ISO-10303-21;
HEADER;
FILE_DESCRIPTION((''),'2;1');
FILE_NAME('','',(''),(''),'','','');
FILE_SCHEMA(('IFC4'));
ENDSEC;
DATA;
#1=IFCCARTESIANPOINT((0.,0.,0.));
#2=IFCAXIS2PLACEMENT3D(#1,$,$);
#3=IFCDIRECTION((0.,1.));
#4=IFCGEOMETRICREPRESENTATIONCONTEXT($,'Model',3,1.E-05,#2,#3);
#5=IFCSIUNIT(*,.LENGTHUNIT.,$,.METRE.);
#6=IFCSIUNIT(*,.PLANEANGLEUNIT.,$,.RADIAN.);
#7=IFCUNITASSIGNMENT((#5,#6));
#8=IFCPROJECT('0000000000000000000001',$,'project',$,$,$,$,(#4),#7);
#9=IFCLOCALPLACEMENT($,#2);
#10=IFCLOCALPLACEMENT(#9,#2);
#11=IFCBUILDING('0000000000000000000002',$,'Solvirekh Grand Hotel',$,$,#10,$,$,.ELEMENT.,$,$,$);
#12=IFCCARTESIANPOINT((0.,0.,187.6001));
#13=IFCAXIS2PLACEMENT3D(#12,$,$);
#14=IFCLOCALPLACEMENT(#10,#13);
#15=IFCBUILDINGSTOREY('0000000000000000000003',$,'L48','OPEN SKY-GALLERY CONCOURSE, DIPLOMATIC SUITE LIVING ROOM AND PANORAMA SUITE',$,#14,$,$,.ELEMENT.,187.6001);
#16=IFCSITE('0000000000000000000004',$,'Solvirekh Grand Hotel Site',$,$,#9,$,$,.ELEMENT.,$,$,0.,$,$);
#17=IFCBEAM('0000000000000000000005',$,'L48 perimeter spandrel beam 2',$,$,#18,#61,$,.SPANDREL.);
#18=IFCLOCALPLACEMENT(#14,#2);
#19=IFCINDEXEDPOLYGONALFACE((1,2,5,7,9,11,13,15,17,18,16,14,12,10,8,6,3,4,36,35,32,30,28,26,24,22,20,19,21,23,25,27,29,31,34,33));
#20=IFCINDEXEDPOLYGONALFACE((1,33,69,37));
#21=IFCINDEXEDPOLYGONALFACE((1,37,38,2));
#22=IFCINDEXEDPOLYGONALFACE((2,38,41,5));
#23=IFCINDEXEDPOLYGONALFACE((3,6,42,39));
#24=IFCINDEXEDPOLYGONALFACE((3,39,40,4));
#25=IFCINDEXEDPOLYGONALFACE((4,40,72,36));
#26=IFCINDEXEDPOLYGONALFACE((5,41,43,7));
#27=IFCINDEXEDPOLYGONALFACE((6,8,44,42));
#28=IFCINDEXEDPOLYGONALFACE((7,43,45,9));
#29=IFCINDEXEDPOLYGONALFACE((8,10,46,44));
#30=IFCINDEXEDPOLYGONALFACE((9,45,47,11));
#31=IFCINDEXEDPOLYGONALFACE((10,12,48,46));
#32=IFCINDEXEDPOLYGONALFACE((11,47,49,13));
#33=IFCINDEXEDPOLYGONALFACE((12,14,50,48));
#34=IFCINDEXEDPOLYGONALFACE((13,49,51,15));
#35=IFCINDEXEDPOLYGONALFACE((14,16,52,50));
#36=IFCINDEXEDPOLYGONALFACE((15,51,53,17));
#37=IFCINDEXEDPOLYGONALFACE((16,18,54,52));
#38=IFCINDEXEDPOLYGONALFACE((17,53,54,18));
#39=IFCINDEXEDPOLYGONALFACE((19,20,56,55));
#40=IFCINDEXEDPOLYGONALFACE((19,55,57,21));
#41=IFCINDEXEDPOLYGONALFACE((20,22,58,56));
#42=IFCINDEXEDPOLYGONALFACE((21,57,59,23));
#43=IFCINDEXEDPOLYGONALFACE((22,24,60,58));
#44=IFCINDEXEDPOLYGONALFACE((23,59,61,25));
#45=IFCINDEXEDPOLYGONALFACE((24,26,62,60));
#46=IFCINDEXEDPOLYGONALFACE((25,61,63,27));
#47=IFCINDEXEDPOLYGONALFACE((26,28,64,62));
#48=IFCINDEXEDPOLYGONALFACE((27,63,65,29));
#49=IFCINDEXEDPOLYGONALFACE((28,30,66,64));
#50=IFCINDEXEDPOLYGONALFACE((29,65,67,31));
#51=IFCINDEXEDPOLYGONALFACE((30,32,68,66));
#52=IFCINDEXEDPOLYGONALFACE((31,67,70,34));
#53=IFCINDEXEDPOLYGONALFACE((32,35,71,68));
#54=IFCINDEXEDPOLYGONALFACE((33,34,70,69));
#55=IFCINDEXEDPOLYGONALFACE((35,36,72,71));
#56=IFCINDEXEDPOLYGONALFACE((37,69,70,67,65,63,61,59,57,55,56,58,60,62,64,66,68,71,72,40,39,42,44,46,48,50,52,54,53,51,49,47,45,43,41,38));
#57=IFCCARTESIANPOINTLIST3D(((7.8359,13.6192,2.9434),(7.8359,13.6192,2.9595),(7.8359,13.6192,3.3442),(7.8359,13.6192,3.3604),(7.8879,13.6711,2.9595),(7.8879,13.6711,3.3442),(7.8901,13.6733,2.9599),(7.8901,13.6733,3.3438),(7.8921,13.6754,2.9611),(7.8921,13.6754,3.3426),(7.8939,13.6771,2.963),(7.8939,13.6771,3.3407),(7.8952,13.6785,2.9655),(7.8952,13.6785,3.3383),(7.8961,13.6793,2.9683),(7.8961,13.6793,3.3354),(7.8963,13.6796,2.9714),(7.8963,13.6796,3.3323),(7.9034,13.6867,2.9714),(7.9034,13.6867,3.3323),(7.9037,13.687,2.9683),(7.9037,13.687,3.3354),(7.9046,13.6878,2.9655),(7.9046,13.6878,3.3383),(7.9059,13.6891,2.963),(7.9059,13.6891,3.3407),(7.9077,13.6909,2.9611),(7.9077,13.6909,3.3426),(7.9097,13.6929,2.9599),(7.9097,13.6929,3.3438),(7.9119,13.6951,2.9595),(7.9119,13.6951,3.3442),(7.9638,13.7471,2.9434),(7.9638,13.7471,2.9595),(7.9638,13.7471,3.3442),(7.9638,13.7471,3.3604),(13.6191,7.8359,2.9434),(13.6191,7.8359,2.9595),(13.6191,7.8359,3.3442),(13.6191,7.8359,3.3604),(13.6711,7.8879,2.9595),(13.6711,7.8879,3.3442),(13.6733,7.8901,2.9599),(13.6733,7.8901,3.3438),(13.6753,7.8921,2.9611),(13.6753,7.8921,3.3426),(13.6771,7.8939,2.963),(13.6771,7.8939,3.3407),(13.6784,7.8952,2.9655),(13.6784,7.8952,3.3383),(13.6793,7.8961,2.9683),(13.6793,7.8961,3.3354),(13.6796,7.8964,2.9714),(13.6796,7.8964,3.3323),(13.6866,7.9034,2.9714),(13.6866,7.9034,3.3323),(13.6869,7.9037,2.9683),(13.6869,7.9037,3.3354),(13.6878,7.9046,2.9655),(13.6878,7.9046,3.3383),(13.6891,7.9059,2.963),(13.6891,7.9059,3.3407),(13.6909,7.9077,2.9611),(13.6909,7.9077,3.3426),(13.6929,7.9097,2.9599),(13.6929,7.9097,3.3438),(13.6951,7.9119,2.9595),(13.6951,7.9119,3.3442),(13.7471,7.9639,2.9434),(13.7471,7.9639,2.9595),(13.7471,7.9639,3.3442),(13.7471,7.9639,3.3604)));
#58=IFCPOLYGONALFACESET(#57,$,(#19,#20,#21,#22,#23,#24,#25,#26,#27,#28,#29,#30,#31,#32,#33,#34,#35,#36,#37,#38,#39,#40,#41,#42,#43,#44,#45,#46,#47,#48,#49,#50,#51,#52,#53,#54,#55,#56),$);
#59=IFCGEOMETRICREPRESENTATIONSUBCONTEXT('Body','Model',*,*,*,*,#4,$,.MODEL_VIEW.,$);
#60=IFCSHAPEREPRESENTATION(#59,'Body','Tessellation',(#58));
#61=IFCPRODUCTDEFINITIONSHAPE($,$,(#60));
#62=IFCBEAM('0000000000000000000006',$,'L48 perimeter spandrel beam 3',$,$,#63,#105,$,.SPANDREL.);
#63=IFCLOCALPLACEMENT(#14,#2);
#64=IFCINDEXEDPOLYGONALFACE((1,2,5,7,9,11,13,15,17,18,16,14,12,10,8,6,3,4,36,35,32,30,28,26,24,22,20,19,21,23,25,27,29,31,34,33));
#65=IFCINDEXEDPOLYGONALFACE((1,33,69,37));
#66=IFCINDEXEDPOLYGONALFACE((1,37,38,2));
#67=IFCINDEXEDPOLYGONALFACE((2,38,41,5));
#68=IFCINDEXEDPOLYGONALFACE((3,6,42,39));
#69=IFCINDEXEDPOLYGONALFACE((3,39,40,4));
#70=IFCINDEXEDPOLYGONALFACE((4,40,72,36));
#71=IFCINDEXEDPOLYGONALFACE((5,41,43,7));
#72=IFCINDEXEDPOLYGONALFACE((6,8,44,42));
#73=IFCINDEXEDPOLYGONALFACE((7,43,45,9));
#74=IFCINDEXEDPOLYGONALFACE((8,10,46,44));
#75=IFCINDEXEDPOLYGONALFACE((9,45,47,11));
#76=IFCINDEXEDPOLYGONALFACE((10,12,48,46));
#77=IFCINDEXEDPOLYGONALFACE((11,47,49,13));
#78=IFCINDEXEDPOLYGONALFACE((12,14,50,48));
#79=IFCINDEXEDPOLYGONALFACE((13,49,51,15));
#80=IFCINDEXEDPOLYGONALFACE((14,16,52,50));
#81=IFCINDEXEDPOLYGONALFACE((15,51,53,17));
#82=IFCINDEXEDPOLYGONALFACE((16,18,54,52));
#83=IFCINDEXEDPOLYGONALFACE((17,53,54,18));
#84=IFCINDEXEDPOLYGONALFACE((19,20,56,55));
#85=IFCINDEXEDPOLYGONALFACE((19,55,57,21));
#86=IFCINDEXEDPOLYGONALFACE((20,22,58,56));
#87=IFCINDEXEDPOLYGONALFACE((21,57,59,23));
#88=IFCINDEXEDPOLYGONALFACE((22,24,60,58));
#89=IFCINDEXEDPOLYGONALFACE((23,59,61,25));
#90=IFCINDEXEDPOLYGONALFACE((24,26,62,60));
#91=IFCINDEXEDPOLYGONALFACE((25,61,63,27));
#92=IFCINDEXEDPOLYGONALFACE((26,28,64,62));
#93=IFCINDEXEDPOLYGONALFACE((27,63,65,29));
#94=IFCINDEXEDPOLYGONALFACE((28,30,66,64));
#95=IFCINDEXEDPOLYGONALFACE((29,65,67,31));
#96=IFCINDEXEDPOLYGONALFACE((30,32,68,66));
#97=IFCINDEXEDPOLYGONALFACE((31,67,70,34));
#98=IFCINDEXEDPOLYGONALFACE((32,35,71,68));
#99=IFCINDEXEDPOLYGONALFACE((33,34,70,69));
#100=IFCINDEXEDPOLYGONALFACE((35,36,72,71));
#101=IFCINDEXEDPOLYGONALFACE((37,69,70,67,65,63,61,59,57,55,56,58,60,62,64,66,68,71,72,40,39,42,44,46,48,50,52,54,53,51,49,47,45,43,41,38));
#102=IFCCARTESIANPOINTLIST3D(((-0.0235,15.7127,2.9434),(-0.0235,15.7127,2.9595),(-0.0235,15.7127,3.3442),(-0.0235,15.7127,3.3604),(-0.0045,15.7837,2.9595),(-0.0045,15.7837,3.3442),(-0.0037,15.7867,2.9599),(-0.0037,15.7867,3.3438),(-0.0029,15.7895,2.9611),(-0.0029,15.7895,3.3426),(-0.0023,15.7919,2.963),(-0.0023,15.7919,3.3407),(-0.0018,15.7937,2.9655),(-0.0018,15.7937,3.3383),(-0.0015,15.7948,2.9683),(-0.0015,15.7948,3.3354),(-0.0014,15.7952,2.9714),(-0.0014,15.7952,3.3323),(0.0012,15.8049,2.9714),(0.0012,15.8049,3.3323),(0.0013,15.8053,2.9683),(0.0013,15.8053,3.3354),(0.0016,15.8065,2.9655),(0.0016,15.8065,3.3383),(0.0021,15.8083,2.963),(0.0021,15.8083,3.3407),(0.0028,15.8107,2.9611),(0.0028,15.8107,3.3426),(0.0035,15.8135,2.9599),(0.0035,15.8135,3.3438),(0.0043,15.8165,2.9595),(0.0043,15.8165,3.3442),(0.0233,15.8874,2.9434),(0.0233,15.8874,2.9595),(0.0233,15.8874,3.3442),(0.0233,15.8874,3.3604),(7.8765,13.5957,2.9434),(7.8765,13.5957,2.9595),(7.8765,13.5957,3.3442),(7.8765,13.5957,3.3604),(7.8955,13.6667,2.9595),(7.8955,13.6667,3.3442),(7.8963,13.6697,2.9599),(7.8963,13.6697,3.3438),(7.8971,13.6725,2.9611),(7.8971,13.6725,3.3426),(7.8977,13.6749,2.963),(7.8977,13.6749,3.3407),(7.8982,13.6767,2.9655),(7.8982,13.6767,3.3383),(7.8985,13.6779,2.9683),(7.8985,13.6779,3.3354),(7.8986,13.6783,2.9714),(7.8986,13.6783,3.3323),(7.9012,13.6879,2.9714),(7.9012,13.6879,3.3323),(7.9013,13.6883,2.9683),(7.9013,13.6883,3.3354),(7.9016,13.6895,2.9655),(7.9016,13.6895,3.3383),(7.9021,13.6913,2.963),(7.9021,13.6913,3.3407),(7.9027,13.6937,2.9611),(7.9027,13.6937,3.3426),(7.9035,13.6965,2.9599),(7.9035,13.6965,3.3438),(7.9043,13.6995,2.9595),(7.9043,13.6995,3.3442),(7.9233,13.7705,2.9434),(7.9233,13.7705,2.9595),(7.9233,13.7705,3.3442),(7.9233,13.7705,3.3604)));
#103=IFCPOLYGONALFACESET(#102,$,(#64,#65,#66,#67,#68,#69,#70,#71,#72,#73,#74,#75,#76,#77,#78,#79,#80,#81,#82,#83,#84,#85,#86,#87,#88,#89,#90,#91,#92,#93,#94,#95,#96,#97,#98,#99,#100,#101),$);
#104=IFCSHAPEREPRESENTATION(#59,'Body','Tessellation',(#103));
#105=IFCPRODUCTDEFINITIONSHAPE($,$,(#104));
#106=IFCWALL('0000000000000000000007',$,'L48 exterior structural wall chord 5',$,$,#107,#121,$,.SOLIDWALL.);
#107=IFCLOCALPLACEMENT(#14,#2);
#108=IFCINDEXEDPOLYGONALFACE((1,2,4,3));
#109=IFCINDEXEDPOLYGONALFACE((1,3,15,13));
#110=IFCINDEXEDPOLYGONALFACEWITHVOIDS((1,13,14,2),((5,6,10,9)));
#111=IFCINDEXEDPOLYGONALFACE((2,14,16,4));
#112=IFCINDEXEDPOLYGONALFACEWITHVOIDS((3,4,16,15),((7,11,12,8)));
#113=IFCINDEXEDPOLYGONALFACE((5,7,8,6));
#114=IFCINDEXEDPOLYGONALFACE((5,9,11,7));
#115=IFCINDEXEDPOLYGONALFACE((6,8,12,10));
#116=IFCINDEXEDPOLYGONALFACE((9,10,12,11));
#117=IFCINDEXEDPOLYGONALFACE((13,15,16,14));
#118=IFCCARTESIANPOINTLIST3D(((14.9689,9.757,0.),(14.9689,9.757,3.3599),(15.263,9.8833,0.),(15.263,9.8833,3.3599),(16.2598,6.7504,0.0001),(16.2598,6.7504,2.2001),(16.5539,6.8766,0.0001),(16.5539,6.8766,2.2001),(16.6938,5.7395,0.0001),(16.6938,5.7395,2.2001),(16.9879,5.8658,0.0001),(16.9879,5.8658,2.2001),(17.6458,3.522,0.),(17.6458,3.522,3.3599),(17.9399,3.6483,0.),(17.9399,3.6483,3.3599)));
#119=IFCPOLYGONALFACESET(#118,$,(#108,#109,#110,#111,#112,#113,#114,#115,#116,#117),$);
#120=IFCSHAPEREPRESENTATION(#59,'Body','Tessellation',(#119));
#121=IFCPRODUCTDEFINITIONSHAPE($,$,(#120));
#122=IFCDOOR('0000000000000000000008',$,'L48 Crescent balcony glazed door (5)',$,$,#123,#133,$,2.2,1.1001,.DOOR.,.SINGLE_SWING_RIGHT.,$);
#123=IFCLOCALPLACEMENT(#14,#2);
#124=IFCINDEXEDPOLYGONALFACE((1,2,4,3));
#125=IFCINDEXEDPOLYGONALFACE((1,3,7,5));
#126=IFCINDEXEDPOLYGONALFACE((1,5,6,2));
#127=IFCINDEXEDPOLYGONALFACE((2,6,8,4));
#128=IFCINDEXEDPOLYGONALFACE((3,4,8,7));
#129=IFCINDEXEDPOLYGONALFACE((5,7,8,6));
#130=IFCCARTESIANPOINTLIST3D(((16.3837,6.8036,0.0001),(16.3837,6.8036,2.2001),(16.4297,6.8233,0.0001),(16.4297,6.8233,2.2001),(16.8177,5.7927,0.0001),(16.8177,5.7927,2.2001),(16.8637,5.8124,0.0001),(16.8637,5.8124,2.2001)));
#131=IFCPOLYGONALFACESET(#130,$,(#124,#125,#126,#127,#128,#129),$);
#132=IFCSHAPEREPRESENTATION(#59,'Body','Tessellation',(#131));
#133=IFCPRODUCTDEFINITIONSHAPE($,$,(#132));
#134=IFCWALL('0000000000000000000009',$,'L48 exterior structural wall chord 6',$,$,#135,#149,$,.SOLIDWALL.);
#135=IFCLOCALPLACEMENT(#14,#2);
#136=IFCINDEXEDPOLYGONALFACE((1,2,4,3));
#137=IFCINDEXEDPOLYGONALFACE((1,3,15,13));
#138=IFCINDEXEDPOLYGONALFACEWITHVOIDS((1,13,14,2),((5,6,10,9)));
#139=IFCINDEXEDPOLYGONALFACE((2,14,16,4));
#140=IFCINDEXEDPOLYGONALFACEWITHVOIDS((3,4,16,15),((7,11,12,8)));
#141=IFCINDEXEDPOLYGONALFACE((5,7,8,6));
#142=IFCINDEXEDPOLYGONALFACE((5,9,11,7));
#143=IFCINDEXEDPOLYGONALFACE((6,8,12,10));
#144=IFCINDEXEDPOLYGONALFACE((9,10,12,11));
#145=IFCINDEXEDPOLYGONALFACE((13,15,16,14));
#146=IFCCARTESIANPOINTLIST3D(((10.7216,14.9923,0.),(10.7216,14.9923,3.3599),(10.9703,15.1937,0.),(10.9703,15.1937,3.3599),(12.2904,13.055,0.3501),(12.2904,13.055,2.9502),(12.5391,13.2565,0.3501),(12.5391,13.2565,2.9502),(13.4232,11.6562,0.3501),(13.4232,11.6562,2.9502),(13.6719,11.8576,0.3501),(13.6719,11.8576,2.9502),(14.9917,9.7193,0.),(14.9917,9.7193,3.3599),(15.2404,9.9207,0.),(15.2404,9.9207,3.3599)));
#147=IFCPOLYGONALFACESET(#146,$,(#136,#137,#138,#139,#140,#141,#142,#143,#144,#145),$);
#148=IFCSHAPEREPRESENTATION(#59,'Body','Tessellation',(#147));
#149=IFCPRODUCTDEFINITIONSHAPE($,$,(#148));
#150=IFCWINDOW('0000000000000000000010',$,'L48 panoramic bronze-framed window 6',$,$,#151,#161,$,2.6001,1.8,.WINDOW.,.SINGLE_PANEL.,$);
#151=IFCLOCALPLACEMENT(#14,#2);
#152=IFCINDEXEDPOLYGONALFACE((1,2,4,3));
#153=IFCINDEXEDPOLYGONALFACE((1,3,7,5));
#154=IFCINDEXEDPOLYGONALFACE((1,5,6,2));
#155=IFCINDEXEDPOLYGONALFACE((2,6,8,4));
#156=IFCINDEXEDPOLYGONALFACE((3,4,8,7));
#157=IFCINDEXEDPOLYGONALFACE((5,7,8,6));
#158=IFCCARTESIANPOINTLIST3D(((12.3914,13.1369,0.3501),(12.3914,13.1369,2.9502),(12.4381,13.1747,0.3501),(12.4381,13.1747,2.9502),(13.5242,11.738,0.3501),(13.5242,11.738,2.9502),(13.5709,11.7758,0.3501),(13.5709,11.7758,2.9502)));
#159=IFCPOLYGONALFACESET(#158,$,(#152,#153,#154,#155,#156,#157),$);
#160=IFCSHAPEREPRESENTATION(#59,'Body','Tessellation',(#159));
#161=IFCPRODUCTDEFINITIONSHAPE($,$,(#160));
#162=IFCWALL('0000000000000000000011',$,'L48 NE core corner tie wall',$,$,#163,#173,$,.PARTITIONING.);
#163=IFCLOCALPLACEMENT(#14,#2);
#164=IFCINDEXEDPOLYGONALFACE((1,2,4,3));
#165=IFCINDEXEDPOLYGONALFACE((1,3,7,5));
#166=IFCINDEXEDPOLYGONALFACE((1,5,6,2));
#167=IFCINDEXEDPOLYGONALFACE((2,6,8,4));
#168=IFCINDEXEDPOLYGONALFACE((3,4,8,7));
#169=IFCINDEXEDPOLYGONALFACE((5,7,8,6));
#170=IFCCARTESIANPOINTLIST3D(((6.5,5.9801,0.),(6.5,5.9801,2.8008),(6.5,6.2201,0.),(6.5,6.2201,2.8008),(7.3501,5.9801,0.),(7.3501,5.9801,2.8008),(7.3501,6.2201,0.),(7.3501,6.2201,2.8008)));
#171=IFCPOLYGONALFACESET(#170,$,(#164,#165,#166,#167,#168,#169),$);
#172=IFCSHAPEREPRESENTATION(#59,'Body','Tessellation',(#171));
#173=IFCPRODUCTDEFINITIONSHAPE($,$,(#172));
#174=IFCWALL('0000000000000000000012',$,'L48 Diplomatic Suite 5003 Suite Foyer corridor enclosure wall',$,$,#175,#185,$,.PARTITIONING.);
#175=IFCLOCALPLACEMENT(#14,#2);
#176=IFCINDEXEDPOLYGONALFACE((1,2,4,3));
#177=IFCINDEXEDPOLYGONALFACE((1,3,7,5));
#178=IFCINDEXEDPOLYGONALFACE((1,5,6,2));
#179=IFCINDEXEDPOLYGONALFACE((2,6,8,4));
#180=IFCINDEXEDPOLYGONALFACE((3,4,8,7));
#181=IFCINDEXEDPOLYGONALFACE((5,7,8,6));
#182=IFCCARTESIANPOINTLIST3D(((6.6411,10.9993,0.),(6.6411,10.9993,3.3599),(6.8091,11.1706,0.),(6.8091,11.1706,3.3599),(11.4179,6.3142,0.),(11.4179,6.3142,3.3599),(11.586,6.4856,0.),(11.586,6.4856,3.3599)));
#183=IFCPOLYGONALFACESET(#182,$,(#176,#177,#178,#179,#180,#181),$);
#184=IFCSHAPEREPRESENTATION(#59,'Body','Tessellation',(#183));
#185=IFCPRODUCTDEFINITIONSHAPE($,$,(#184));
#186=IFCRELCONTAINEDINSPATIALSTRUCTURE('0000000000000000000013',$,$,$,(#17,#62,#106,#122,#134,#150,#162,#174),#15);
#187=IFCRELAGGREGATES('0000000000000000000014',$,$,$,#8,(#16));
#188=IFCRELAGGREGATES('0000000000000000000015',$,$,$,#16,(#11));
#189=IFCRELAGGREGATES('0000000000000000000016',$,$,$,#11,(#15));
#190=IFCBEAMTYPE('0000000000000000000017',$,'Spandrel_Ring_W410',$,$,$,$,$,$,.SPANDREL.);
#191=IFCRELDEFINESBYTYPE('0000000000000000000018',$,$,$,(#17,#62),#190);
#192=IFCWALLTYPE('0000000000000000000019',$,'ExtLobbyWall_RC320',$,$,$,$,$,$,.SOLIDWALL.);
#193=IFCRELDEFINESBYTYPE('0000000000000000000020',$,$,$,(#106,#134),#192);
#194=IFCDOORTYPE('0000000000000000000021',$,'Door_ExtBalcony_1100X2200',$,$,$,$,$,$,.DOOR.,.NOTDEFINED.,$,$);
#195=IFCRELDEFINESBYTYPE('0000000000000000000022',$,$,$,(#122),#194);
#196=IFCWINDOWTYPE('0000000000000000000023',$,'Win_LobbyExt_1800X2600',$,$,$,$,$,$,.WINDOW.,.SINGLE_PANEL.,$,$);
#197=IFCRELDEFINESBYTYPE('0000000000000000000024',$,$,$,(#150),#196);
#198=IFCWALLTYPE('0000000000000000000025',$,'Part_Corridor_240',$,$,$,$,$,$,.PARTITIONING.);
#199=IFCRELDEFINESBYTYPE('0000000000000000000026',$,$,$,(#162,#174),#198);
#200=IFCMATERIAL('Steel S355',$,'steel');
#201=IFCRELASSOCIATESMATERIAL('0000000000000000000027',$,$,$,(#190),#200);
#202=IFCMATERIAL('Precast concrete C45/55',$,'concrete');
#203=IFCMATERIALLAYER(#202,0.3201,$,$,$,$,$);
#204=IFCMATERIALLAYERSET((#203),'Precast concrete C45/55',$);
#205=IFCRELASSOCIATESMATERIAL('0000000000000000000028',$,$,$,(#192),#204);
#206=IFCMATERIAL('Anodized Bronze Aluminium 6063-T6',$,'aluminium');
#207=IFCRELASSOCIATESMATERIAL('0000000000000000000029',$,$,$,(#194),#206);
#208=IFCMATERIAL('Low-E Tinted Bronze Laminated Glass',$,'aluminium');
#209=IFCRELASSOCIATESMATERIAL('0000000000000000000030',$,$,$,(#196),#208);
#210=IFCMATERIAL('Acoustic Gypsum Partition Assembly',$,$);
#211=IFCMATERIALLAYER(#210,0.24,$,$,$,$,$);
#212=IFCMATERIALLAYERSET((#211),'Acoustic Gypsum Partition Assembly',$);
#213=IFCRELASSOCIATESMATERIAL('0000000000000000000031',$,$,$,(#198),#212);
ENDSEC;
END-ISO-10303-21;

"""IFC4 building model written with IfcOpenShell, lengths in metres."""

from ifc_helpers import new_model, si_unit, direction, frame, frame_2d, origin, origin_2d, place, context, subcontext, project, spatial, rectangle, i_section, extrude, material, layer, layer_set, material_profile, profile_set, type_object, element, fill, save


model = new_model("IFC4")

# Units and contexts
model_context = context("Model", 3, precision=1e-05, world=origin(), true_north=direction((0.0, 1.0)))
body_context = subcontext(model_context, "Body", "Model", "MODEL_VIEW")
ifc_project = project(units=[si_unit("LENGTHUNIT", "METRE"), si_unit("PLANEANGLEUNIT", "RADIAN")], contexts=[model_context])

# Site, building, storey
site_placement = place(None, origin())
site = spatial("IfcSite", under=ifc_project, at=site_placement, Name="Solvirekh Grand Hotel Site", CompositionType="ELEMENT", RefElevation=0.0)
building_placement = place(site_placement, origin())
building = spatial("IfcBuilding", under=site, at=building_placement, Name="Solvirekh Grand Hotel", CompositionType="ELEMENT")
storey_placement = place(building_placement, frame((0.0, 0.0, 187.6001)))
storey = spatial("IfcBuildingStorey", under=building, at=storey_placement, Name="L48", Description="OPEN SKY-GALLERY CONCOURSE, DIPLOMATIC SUITE LIVING ROOM AND PANORAMA SUITE", CompositionType="ELEMENT", Elevation=187.6001)

# Beams
ifc_material_1 = material(Name="Steel S355", Category="steel")
ifc_material_profile_1 = material_profile(ifc_material_1, i_section(OverallWidth=0.1809, OverallDepth=0.417, WebThickness=0.01, FlangeThickness=0.0161, FilletRadius=0.012, at=origin_2d()), Name="W410X85")
ifc_profile_set_1 = profile_set([ifc_material_profile_1], Name="Steel S355")
beam_type_1 = type_object("IfcBeamType", Name="Spandrel_Ring_W410", PredefinedType="SPANDREL", material=ifc_profile_set_1)
for number, where, z_axis, x_axis, name in (
    (1, (13.6831, 7.8999, 3.1519), (-0.707107, 0.707107, 0.0), (-0.707107, -0.707107, 0.0), "L48 perimeter spandrel beam 2"),
    (2, (7.8999, 13.6831, 3.1519), (-0.965921, 0.258839, 0.0), (-0.258839, -0.965921, 0.0), "L48 perimeter spandrel beam 3"),
):
    element("IfcBeam", number, at=place(storey_placement, frame(where, z_axis=z_axis, x_axis=x_axis)), inside=storey, type_object=beam_type_1, Name=name, PredefinedType="SPANDREL", context=body_context, shape_type="SweptSolid", body=[
        extrude(i_section(OverallWidth=0.1809, OverallDepth=0.417, WebThickness=0.01, FlangeThickness=0.0161, FilletRadius=0.012, at=origin_2d()), origin(), (0.0, 0.0, 1.0), 8.1787),
    ])

# Wall, opening, door
ifc_material_2 = material(Name="Precast concrete C45/55", Category="concrete")
ifc_layer_1 = layer(ifc_material_2, 0.3201)
ifc_layer_set_1 = layer_set([ifc_layer_1], Name="Precast concrete C45/55")
wall_type_1 = type_object("IfcWallType", Name="ExtLobbyWall_RC320", PredefinedType="SOLIDWALL", material=ifc_layer_set_1)
wall_1_placement = place(storey_placement, frame((15.116, 9.8201, 0.0), z_axis=(0.0, 0.0, 1.0), x_axis=(0.394518, -0.918888, 0.0)))
wall_1 = element("IfcWall", 3, at=wall_1_placement, inside=storey, type_object=wall_type_1, Name="L48 exterior structural wall chord 5", PredefinedType="SOLIDWALL", context=body_context, shape_type="SweptSolid", body=[
    extrude(rectangle(XDim=6.7854, YDim=0.3201, at=frame_2d((3.3926, 0.0))), origin(), (0.0, 0.0, 1.0), 3.3599),
])
opening_1_placement = place(wall_1_placement, frame((3.272, 0.0, 0.0)))
opening_1 = element("IfcOpeningElement", 4, at=opening_1_placement, cuts=wall_1, PredefinedType="OPENING", context=body_context, shape_type="SweptSolid", body=[
    extrude(rectangle(XDim=1.1001, YDim=2.2, at=frame_2d((0.55, 1.1001))), frame((0.0, 0.1699, 0.0), z_axis=(0.0, -1.0, 0.0), x_axis=(1.0, 0.0, 0.0)), (0.0, 0.0, 1.0), 0.3401),
])
ifc_material_3 = material(Name="Anodized Bronze Aluminium 6063-T6", Category="aluminium")
door_type_1 = type_object("IfcDoorType", Name="Door_ExtBalcony_1100X2200", OperationType="NOTDEFINED", PredefinedType="DOOR", material=ifc_material_3)
door_1_placement = place(opening_1_placement, origin())
door_1 = element("IfcDoor", 5, at=door_1_placement, inside=storey, type_object=door_type_1, Name="L48 Crescent balcony glazed door (5)", OperationType="SINGLE_SWING_RIGHT", OverallHeight=2.2, OverallWidth=1.1001, PredefinedType="DOOR", context=body_context, shape_type="SweptSolid", body=[
    extrude(rectangle(XDim=1.1001, YDim=2.2, at=frame_2d((0.55, 1.1001))), frame((0.0, 0.0249, 0.0), z_axis=(0.0, -1.0, 0.0), x_axis=(1.0, 0.0, 0.0)), (0.0, 0.0, 1.0), 0.05),
])
fill(opening_1, door_1)

# Wall, opening, window
wall_2_placement = place(storey_placement, frame((10.8459, 15.093, 0.0), z_axis=(0.0, 0.0, 1.0), x_axis=(0.629327, -0.777141, 0.0)))
wall_2 = element("IfcWall", 6, at=wall_2_placement, inside=storey, type_object=wall_type_1, Name="L48 exterior structural wall chord 6", PredefinedType="SOLIDWALL", context=body_context, shape_type="SweptSolid", body=[
    extrude(rectangle(XDim=6.7852, YDim=0.3201, at=frame_2d((3.3926, 0.0))), origin(), (0.0, 0.0, 1.0), 3.3599),
])
opening_2_placement = place(wall_2_placement, frame((2.4929, 0.0, 0.3501)))
opening_2 = element("IfcOpeningElement", 7, at=opening_2_placement, cuts=wall_2, PredefinedType="OPENING", context=body_context, shape_type="SweptSolid", body=[
    extrude(rectangle(XDim=1.8, YDim=2.6001, at=frame_2d((0.8999, 1.3))), frame((0.0, 0.1699, 0.0), z_axis=(0.0, -1.0, 0.0), x_axis=(1.0, 0.0, 0.0)), (0.0, 0.0, 1.0), 0.3401),
])
ifc_material_4 = material(Name="Low-E Tinted Bronze Laminated Glass", Category="aluminium")
window_type = type_object("IfcWindowType", Name="Win_LobbyExt_1800X2600", PartitioningType="SINGLE_PANEL", PredefinedType="WINDOW", material=ifc_material_4)
window_placement = place(opening_2_placement, origin())
window = element("IfcWindow", 8, at=window_placement, inside=storey, type_object=window_type, Name="L48 panoramic bronze-framed window 6", OverallHeight=2.6001, OverallWidth=1.8, PartitioningType="SINGLE_PANEL", PredefinedType="WINDOW", context=body_context, shape_type="SweptSolid", body=[
    extrude(rectangle(XDim=1.8, YDim=2.6001, at=frame_2d((0.8999, 1.3))), frame((0.0, 0.03, 0.0), z_axis=(0.0, -1.0, 0.0), x_axis=(1.0, 0.0, 0.0)), (0.0, 0.0, 1.0), 0.0601),
])
fill(opening_2, window)

# Walls
ifc_material_5 = material(Name="Acoustic Gypsum Partition Assembly")
ifc_layer_2 = layer(ifc_material_5, 0.24)
ifc_layer_set_2 = layer_set([ifc_layer_2], Name="Acoustic Gypsum Partition Assembly")
wall_type_2 = type_object("IfcWallType", Name="Part_Corridor_240", PredefinedType="PARTITIONING", material=ifc_layer_set_2)
wall_3_placement = place(storey_placement, frame((6.5, 6.1001, 0.0), z_axis=(0.0, 0.0, 1.0), x_axis=(1.0, 0.0, 0.0)))
element("IfcWall", 9, at=wall_3_placement, inside=storey, type_object=wall_type_2, Name="L48 NE core corner tie wall", PredefinedType="PARTITIONING", context=body_context, shape_type="SweptSolid", body=[
    extrude(rectangle(XDim=0.8501, YDim=0.24, at=frame_2d((0.425, 0.0))), origin(), (0.0, 0.0, 1.0), 2.8008),
])
wall_4_placement = place(storey_placement, frame((11.502, 6.3999, 0.0), z_axis=(0.0, 0.0, 1.0), x_axis=(-0.713933, 0.700214, 0.0)))
element("IfcWall", 10, at=wall_4_placement, inside=storey, type_object=wall_type_2, Name="L48 Diplomatic Suite 5003 Suite Foyer corridor enclosure wall", PredefinedType="PARTITIONING", context=body_context, shape_type="SweptSolid", body=[
    extrude(rectangle(XDim=6.6909, YDim=0.24, at=frame_2d((3.3455, 0.0))), origin(), (0.0, 0.0, 1.0), 3.3599),
])

save(model, "model.ifc")
